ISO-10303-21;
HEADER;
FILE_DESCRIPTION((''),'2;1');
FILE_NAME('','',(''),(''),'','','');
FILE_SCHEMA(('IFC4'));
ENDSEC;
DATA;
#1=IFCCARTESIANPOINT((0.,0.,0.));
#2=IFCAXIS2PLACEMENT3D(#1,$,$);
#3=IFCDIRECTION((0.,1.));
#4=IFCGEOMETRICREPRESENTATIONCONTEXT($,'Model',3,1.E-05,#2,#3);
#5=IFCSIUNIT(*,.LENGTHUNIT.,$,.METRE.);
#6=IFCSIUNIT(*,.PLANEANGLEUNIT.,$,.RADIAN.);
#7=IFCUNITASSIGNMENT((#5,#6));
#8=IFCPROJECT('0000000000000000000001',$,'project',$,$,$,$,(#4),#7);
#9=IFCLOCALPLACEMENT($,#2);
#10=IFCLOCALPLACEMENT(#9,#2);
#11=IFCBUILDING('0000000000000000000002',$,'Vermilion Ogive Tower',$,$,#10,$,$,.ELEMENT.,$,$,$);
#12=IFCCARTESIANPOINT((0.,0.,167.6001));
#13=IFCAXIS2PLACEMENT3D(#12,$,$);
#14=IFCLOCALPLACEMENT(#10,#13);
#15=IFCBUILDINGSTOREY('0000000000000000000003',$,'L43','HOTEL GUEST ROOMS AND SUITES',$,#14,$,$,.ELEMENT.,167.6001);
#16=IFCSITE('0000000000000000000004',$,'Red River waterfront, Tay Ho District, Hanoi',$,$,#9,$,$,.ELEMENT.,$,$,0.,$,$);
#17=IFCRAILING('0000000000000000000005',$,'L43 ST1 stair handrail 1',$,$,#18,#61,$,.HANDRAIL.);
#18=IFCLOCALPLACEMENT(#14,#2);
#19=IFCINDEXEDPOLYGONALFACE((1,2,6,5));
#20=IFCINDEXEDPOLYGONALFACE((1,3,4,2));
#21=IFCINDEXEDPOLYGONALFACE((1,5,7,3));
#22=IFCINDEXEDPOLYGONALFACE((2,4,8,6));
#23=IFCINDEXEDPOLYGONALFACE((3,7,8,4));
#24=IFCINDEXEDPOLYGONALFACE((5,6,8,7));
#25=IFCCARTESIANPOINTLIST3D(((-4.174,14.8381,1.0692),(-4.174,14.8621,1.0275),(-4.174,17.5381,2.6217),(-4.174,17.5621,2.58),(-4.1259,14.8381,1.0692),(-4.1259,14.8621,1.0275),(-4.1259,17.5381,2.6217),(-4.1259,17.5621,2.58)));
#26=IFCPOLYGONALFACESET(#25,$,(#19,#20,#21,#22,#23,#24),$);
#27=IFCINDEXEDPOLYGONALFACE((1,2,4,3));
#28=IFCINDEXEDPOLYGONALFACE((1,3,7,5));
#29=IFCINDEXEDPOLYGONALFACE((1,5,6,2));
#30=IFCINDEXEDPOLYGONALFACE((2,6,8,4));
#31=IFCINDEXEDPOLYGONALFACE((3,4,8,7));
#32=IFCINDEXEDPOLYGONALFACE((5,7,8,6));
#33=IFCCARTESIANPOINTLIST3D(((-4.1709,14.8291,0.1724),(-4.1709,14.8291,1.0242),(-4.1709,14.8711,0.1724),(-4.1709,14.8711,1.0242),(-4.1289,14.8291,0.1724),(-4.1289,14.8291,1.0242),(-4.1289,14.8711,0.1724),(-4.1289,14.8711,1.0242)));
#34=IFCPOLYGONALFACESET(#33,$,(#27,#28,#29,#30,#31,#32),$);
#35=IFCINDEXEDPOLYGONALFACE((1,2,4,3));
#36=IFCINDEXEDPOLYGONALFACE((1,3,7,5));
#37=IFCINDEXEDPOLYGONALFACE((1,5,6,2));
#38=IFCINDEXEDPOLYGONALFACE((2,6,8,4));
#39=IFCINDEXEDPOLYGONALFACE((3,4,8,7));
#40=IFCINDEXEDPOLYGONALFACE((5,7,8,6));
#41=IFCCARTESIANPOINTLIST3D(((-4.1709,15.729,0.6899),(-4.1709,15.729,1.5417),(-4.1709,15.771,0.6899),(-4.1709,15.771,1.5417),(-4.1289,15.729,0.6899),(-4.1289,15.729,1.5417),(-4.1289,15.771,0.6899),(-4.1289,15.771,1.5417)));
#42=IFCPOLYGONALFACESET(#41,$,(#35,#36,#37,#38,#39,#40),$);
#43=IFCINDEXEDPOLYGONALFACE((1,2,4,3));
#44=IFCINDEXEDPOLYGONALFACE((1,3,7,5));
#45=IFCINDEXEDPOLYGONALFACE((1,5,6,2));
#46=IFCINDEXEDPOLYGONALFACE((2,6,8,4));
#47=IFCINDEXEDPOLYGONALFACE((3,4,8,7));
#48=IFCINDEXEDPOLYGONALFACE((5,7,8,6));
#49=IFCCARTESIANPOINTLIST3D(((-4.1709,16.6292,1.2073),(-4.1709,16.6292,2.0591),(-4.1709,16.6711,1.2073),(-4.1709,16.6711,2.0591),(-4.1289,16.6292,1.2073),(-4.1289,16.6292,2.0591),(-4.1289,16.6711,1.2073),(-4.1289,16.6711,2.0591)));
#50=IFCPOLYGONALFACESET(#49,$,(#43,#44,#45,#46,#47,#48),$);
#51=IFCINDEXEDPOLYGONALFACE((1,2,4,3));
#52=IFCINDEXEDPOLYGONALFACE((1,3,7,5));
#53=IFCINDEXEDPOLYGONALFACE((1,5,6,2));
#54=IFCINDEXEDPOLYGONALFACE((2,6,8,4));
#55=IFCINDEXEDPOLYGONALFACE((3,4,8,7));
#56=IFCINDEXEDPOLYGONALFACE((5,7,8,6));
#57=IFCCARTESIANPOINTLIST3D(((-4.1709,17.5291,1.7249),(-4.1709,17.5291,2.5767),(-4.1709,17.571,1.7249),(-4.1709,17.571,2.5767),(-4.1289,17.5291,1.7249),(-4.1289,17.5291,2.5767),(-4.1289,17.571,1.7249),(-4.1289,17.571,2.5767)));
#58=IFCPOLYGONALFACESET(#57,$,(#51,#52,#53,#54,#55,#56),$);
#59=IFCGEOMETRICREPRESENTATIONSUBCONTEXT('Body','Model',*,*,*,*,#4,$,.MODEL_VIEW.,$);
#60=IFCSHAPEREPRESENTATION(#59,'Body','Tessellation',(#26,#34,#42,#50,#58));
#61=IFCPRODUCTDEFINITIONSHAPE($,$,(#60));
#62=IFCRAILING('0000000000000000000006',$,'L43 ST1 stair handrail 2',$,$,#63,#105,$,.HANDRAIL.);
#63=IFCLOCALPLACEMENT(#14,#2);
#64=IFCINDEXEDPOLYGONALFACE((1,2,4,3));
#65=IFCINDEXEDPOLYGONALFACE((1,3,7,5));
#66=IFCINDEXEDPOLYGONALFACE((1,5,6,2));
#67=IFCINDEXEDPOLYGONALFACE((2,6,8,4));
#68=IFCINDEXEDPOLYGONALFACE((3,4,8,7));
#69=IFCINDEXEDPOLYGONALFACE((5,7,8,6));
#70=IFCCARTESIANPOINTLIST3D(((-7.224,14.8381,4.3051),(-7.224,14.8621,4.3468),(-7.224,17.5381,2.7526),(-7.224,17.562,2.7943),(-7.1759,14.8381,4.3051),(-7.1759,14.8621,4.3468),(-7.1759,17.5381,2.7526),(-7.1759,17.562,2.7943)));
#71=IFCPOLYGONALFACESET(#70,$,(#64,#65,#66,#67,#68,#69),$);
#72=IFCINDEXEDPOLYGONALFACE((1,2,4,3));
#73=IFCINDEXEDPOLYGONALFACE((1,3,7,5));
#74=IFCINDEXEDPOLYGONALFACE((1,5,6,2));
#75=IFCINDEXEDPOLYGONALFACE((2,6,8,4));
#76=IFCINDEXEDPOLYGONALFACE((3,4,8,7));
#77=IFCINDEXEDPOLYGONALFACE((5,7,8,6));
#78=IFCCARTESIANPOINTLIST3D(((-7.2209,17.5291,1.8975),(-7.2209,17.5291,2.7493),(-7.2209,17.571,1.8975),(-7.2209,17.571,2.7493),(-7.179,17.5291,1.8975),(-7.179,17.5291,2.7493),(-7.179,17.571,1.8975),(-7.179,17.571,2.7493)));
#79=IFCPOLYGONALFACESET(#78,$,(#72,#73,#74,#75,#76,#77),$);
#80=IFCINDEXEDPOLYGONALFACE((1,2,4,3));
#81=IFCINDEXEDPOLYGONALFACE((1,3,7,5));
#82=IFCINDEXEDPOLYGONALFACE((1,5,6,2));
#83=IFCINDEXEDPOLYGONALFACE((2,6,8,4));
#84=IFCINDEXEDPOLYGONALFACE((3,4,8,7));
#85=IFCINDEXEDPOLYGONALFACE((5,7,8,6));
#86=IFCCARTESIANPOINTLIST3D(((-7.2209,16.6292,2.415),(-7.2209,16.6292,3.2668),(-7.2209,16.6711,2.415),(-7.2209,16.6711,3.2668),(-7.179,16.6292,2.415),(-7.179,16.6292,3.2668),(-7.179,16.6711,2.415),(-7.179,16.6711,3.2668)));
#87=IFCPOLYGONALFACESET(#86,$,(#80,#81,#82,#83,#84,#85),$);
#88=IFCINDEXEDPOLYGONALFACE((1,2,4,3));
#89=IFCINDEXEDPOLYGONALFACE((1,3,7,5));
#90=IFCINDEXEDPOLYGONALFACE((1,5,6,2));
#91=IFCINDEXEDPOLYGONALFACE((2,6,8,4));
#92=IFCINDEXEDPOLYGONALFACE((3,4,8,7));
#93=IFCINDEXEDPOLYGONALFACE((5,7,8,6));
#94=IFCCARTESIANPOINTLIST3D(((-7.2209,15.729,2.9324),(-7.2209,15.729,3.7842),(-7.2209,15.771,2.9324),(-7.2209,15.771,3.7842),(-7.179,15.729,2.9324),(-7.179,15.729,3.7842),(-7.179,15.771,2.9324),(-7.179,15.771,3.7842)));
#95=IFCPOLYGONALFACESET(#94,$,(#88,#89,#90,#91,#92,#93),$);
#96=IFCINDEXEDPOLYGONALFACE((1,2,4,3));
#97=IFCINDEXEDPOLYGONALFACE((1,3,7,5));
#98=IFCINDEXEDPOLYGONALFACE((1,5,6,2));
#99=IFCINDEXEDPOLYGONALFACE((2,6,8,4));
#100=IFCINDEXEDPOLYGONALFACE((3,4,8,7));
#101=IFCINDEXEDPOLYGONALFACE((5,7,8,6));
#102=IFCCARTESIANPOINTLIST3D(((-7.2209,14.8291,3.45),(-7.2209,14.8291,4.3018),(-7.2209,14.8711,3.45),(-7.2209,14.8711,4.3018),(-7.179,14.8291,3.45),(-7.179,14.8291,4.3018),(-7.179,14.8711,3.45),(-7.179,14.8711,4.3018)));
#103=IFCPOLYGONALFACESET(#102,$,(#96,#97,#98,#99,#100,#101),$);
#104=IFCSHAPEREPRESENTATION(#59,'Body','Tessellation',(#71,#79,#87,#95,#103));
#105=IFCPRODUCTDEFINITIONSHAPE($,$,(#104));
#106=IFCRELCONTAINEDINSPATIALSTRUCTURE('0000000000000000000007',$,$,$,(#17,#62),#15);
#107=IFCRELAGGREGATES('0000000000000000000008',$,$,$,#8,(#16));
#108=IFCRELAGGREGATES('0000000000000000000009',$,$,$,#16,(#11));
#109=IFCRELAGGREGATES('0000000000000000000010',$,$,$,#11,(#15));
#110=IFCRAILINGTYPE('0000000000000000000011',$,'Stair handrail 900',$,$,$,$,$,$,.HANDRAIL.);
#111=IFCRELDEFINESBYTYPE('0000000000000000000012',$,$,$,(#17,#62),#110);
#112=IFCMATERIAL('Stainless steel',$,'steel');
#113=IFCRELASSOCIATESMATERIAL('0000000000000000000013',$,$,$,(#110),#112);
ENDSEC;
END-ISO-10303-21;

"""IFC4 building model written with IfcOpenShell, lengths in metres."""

from ifc_helpers import new_model, si_unit, direction, frame, origin, origin_2d, place, context, subcontext, project, spatial, rectangle, extrude, material, type_object, element, save


model = new_model("IFC4")

# Units and contexts
model_context = context("Model", 3, precision=1e-05, world=origin(), true_north=direction((0.0, 1.0)))
body_context = subcontext(model_context, "Body", "Model", "MODEL_VIEW")
ifc_project = project(units=[si_unit("LENGTHUNIT", "METRE"), si_unit("PLANEANGLEUNIT", "RADIAN")], contexts=[model_context])

# Site, building, storey
site_placement = place(None, origin())
site = spatial("IfcSite", under=ifc_project, at=site_placement, Name="Red River waterfront, Tay Ho District, Hanoi", CompositionType="ELEMENT", RefElevation=0.0)
building_placement = place(site_placement, origin())
building = spatial("IfcBuilding", under=site, at=building_placement, Name="Vermilion Ogive Tower", CompositionType="ELEMENT")
storey_placement = place(building_placement, frame((0.0, 0.0, 167.6001)))
storey = spatial("IfcBuildingStorey", under=building, at=storey_placement, Name="L43", Description="HOTEL GUEST ROOMS AND SUITES", CompositionType="ELEMENT", Elevation=167.6001)

# Railings
ifc_material_1 = material(Name="Stainless steel", Category="steel")
railing_type_1 = type_object("IfcRailingType", Name="Stair handrail 900", PredefinedType="HANDRAIL", material=ifc_material_1)
railing_1_placement = place(storey_placement, frame((-4.1499, 14.8501, 0.1724)))
element("IfcRailing", 1, at=railing_1_placement, inside=storey, type_object=railing_type_1, Name="L43 ST1 stair handrail 1", PredefinedType="HANDRAIL", context=body_context, shape_type="SweptSolid", body=[
    extrude(rectangle(XDim=0.0481, YDim=0.0481, at=origin_2d()), frame((0.0, 0.0, 0.876), z_axis=(0.0, 0.866904, 0.498476), x_axis=(-1.0, 0.0, 0.0)), (0.0, 0.0, 1.0), 3.1145),
    extrude(rectangle(XDim=0.042, YDim=0.042, at=origin_2d()), origin(), (0.0, 0.0, 1.0), 0.8518),
    extrude(rectangle(XDim=0.042, YDim=0.042, at=origin_2d()), frame((0.0, 0.8999, 0.5176)), (0.0, 0.0, 1.0), 0.8518),
    extrude(rectangle(XDim=0.042, YDim=0.042, at=origin_2d()), frame((0.0, 1.8, 1.0349)), (0.0, 0.0, 1.0), 0.8518),
    extrude(rectangle(XDim=0.042, YDim=0.042, at=origin_2d()), frame((0.0, 2.7, 1.5525)), (0.0, 0.0, 1.0), 0.8518),
])
railing_2_placement = place(storey_placement, frame((-7.2, 17.55, 1.8975)))
element("IfcRailing", 2, at=railing_2_placement, inside=storey, type_object=railing_type_1, Name="L43 ST1 stair handrail 2", PredefinedType="HANDRAIL", context=body_context, shape_type="SweptSolid", body=[
    extrude(rectangle(XDim=0.0481, YDim=0.0481, at=origin_2d()), frame((0.0, 0.0, 0.876), z_axis=(0.0, -0.866904, 0.498476), x_axis=(1.0, 0.0, 0.0)), (0.0, 0.0, 1.0), 3.1145),
    extrude(rectangle(XDim=0.042, YDim=0.042, at=origin_2d()), origin(), (0.0, 0.0, 1.0), 0.8518),
    extrude(rectangle(XDim=0.042, YDim=0.042, at=origin_2d()), frame((0.0, -0.8999, 0.5176)), (0.0, 0.0, 1.0), 0.8518),
    extrude(rectangle(XDim=0.042, YDim=0.042, at=origin_2d()), frame((0.0, -1.8, 1.0349)), (0.0, 0.0, 1.0), 0.8518),
    extrude(rectangle(XDim=0.042, YDim=0.042, at=origin_2d()), frame((0.0, -2.7, 1.5525)), (0.0, 0.0, 1.0), 0.8518),
])

save(model, "model.ifc")
